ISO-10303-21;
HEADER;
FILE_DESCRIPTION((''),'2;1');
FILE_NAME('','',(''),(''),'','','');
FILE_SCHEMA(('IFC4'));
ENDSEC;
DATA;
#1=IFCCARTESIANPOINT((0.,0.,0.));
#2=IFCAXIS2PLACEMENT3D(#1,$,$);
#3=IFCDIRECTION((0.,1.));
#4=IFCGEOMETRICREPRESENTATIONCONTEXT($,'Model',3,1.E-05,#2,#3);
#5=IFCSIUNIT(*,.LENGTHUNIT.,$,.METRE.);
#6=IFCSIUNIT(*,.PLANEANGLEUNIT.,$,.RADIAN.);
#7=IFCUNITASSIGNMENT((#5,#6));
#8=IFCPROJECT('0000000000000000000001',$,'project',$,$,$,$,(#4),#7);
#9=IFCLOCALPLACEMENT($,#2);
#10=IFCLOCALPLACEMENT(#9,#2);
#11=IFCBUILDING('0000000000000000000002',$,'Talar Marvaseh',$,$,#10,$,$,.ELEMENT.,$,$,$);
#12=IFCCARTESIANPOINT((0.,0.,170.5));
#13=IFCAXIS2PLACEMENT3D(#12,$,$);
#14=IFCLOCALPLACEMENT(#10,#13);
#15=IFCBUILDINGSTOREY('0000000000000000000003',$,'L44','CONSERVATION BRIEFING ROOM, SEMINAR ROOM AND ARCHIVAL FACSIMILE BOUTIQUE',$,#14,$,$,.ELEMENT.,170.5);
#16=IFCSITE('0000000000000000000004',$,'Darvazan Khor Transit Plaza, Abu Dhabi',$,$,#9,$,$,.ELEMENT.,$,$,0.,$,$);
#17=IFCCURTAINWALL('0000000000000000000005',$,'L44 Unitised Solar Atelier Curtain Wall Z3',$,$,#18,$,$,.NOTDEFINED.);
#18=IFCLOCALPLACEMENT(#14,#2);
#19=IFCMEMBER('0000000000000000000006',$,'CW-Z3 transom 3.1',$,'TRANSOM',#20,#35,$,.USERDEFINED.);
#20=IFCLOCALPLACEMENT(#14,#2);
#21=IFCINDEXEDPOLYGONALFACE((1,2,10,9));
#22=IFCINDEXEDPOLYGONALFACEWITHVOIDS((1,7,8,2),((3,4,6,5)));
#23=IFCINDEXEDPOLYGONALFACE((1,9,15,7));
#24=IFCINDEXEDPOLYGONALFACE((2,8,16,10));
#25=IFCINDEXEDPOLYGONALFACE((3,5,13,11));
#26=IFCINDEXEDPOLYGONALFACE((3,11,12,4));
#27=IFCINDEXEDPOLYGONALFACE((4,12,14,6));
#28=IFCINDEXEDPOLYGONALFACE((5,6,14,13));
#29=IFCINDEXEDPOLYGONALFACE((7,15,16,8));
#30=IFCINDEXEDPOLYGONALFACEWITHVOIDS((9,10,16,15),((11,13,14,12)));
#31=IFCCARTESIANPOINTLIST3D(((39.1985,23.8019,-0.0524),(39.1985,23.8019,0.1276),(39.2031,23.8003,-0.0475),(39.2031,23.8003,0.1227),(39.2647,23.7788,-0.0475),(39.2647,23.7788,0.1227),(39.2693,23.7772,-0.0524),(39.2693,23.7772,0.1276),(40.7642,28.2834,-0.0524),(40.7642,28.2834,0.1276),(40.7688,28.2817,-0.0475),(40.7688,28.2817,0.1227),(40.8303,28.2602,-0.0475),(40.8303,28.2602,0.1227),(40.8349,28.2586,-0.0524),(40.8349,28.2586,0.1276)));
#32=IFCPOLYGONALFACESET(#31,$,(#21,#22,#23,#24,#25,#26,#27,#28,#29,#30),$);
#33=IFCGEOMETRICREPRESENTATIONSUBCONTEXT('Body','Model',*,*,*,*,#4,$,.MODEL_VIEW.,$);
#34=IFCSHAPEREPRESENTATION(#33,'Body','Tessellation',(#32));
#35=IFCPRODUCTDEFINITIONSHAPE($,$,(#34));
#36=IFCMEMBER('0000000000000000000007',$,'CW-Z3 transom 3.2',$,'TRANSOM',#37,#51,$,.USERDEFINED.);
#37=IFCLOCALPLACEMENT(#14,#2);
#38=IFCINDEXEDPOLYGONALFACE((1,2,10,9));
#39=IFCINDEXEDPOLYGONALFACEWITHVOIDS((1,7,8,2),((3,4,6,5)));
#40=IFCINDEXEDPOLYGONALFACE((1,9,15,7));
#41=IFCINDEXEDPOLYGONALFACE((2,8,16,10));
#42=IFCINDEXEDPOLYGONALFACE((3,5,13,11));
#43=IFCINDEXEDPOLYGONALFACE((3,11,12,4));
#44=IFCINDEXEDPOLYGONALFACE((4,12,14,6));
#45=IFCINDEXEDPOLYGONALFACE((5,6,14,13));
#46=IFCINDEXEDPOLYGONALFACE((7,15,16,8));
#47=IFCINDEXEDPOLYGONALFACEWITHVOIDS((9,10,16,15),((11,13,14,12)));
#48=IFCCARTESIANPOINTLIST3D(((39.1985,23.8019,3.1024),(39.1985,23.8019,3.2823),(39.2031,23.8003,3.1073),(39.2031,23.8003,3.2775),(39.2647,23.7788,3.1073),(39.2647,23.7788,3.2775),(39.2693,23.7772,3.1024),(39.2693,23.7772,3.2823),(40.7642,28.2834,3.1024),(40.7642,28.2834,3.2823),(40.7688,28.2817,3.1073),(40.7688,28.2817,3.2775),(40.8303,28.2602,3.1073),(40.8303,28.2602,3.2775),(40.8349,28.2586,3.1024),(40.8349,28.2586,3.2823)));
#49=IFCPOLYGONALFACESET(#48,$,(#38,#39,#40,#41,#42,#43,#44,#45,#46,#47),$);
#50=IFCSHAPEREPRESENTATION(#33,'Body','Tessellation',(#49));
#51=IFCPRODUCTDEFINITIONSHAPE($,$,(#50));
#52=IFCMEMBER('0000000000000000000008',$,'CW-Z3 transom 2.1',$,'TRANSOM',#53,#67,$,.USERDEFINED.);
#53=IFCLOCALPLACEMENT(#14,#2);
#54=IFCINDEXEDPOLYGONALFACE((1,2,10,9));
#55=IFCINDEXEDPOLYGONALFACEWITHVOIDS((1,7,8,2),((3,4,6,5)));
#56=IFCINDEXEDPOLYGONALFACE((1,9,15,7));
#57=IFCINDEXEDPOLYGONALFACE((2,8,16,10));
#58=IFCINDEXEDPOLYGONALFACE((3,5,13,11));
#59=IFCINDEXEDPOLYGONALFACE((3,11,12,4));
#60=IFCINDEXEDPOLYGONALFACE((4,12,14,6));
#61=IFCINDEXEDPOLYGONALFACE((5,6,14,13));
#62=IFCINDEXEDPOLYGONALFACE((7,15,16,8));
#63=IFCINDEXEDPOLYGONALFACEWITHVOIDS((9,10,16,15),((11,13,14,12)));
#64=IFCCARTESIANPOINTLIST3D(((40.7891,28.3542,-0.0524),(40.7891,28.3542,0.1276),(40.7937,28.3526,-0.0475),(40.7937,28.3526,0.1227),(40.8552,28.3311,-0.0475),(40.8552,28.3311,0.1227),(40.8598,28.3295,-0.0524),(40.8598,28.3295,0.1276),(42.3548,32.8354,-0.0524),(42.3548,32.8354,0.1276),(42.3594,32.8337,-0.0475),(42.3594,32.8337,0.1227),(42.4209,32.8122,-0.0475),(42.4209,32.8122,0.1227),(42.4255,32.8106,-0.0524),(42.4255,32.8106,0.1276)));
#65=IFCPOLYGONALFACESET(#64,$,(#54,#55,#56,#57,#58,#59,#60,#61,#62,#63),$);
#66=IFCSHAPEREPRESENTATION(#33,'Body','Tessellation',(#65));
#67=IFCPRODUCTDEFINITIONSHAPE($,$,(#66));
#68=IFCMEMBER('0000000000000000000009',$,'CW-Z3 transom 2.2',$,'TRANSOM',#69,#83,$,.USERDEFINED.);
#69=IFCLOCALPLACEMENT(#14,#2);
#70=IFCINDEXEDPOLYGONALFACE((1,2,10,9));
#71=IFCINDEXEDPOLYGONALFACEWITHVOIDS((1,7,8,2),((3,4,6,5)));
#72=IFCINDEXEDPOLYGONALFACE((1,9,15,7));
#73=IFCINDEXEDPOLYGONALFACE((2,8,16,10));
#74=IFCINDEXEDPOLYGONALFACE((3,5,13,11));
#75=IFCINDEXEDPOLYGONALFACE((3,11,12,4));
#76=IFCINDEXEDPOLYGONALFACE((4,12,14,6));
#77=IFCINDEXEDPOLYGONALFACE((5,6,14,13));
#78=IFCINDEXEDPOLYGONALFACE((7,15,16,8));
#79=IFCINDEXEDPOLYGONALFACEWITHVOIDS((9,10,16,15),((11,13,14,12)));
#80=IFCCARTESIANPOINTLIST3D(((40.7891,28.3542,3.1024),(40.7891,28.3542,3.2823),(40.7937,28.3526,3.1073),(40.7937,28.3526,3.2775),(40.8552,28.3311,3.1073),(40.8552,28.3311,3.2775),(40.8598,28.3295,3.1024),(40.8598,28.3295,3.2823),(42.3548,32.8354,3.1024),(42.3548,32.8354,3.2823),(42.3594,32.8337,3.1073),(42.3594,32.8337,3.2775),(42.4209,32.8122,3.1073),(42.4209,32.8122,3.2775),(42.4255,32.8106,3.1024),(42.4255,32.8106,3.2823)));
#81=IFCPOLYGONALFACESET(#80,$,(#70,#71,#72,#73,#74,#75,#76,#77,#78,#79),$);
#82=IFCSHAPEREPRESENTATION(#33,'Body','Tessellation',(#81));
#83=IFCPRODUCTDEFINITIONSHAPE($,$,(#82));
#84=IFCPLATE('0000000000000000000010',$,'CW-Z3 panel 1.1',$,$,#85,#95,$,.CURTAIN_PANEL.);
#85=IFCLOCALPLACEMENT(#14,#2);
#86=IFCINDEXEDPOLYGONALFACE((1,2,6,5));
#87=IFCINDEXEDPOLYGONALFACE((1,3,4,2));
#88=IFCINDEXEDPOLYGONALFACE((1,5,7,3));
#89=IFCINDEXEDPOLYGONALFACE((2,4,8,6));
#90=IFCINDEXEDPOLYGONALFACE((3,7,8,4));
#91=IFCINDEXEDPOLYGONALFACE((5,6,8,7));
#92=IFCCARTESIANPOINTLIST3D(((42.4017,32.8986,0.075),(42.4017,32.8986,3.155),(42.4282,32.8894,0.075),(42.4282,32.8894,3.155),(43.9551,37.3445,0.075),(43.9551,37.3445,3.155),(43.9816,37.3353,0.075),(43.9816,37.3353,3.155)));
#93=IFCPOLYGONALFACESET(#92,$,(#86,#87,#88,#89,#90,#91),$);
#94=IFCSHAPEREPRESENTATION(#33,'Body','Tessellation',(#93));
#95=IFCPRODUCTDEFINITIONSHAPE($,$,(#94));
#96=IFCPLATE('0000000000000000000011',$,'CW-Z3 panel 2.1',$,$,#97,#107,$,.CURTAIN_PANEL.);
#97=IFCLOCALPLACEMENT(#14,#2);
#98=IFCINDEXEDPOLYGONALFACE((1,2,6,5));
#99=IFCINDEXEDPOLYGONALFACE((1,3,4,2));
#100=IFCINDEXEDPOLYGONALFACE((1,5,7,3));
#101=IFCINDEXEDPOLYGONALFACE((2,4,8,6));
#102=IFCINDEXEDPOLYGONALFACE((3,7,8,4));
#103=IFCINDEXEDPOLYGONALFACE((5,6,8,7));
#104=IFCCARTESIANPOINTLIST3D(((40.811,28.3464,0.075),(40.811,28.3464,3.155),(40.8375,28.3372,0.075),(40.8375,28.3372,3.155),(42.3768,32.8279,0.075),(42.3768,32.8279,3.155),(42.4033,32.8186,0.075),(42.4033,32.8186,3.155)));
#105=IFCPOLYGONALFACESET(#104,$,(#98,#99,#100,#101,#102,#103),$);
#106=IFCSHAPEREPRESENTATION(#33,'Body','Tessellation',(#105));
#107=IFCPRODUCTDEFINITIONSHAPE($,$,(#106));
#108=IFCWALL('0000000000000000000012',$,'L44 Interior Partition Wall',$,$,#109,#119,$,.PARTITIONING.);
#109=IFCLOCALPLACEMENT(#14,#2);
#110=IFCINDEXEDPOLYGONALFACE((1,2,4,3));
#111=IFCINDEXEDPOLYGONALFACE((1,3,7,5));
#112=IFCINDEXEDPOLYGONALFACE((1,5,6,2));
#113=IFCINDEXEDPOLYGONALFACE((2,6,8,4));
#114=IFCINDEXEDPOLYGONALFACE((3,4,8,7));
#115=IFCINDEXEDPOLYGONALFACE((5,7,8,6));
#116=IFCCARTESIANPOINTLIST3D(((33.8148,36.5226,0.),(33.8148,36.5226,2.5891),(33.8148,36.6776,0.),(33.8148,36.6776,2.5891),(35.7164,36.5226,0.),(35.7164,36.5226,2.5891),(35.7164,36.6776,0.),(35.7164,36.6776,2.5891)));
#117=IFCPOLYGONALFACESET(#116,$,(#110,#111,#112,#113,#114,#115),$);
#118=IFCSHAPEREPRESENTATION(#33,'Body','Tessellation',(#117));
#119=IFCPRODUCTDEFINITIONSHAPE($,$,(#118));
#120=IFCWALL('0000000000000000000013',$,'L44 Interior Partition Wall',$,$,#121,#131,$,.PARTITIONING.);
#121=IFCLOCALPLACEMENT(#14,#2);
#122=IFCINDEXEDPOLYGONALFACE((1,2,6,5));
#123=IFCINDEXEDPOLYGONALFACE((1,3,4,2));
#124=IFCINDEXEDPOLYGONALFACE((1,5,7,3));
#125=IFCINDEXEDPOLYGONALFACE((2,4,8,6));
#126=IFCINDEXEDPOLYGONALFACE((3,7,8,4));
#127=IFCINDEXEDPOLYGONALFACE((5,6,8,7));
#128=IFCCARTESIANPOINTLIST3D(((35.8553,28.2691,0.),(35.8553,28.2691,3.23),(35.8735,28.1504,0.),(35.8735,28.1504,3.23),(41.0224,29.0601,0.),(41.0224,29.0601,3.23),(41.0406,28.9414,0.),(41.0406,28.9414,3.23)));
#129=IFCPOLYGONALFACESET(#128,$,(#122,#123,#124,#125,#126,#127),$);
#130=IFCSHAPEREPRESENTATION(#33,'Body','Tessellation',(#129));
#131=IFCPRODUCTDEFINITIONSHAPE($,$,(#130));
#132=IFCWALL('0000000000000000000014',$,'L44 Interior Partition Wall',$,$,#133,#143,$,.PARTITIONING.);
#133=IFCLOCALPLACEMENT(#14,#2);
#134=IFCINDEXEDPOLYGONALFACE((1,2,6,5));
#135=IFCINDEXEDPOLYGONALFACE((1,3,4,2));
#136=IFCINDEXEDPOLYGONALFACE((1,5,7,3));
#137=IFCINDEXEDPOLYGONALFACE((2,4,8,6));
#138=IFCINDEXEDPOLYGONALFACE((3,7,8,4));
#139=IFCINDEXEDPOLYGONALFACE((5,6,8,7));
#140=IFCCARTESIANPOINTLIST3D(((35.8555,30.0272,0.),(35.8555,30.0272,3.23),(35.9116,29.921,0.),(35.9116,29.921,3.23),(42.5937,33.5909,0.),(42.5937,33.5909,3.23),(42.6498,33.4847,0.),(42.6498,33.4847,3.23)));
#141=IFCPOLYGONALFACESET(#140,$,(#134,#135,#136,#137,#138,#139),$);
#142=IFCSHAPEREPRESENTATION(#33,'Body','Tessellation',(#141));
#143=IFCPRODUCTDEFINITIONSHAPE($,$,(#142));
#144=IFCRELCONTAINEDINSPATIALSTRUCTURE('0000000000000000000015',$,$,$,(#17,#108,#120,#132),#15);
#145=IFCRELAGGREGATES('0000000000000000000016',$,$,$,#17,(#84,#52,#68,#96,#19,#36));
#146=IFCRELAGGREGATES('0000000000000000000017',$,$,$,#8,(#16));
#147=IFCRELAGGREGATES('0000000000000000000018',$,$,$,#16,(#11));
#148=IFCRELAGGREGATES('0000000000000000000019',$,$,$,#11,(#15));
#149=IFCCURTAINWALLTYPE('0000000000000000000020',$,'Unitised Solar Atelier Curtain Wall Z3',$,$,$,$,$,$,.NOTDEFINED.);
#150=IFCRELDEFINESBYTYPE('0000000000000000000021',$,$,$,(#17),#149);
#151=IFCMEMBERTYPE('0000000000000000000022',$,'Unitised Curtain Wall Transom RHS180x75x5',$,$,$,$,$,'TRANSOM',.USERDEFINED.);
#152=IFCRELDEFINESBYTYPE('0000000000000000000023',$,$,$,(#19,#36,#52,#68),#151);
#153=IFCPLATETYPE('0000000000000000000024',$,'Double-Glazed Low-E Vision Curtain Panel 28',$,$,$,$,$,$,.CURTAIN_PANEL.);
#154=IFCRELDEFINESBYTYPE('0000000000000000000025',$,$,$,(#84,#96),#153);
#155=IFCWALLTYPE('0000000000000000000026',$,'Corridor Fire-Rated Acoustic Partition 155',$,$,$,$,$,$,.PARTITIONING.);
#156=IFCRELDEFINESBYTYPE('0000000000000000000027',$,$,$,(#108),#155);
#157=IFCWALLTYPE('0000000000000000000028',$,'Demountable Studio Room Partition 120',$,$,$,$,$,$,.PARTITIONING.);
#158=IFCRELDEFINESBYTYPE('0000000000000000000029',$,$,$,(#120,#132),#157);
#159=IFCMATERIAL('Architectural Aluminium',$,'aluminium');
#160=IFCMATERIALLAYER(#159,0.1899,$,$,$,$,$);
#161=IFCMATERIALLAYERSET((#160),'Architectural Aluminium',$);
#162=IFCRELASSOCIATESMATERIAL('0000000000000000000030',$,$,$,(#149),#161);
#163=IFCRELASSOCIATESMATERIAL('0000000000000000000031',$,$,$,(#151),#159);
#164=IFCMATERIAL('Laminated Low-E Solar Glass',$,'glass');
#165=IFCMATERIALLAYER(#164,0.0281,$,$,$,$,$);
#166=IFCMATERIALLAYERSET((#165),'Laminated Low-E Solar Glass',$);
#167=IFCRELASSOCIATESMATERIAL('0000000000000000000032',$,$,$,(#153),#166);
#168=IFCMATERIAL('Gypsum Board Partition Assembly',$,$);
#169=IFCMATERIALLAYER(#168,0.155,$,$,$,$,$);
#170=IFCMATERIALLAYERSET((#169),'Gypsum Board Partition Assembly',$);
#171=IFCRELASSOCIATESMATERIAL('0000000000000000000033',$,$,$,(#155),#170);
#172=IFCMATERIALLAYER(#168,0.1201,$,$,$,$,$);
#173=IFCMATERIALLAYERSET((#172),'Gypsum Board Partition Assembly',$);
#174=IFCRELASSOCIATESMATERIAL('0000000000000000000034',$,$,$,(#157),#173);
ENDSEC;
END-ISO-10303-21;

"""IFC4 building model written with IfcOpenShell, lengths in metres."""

from ifc_helpers import new_model, si_unit, direction, frame, frame_2d, origin, origin_2d, place, context, subcontext, project, spatial, rectangle, hollow_rectangle, extrude, source, transform, mapped, material, layer, layer_set, material_profile, profile_set, type_object, type_shapes, element, aggregate, save


model = new_model("IFC4")

# Units and contexts
model_context = context("Model", 3, precision=1e-05, world=origin(), true_north=direction((0.0, 1.0)))
body_context = subcontext(model_context, "Body", "Model", "MODEL_VIEW")
ifc_project = project(units=[si_unit("LENGTHUNIT", "METRE"), si_unit("PLANEANGLEUNIT", "RADIAN")], contexts=[model_context])

# Site, building, storey
site_placement = place(None, origin())
site = spatial("IfcSite", under=ifc_project, at=site_placement, Name="Darvazan Khor Transit Plaza, Abu Dhabi", CompositionType="ELEMENT", RefElevation=0.0)
building_placement = place(site_placement, origin())
building = spatial("IfcBuilding", under=site, at=building_placement, Name="Talar Marvaseh", CompositionType="ELEMENT")
storey_placement = place(building_placement, frame((0.0, 0.0, 170.5)))
storey = spatial("IfcBuildingStorey", under=building, at=storey_placement, Name="L44", Description="CONSERVATION BRIEFING ROOM, SEMINAR ROOM AND ARCHIVAL FACSIMILE BOUTIQUE", CompositionType="ELEMENT", Elevation=170.5)

# Curtain wall, members, plates
ifc_material_1 = material(Name="Architectural Aluminium", Category="aluminium")
ifc_layer_1 = layer(ifc_material_1, 0.1899)
ifc_layer_set_1 = layer_set([ifc_layer_1], Name="Architectural Aluminium")
curtain_wall_type = type_object("IfcCurtainWallType", Name="Unitised Solar Atelier Curtain Wall Z3", PredefinedType="NOTDEFINED", material=ifc_layer_set_1)
curtain_wall_placement = place(storey_placement, origin())
curtain_wall = element("IfcCurtainWall", 1, at=curtain_wall_placement, inside=storey, type_object=curtain_wall_type, Name="L44 Unitised Solar Atelier Curtain Wall Z3", PredefinedType="NOTDEFINED")
ifc_material_profile_1 = material_profile(ifc_material_1, hollow_rectangle(XDim=0.075, YDim=0.1799, WallThickness=0.0049, at=origin_2d()), Name="RHS180x75x5")
ifc_profile_set_1 = profile_set([ifc_material_profile_1], Name="Architectural Aluminium")
member_type_1 = type_object("IfcMemberType", Name="Unitised Curtain Wall Transom RHS180x75x5", ElementType="TRANSOM", PredefinedType="USERDEFINED", material=ifc_profile_set_1)
shared_shape_1 = source(origin(), body_context, "Body", "SweptSolid", [
    extrude(hollow_rectangle(XDim=0.075, YDim=0.1799, WallThickness=0.0049, at=origin_2d()), origin(), (0.0, 0.0, 1.0), 4.7471),
])
member_1_placement = place(storey_placement, frame((40.7996, 28.271, 0.0376), z_axis=(-0.329819, -0.944044, 0.0), x_axis=(0.944044, -0.329819, 0.0)))
member_1 = element("IfcMember", 2, at=member_1_placement, type_object=member_type_1, Name="CW-Z3 transom 3.1", ObjectType="TRANSOM", PredefinedType="USERDEFINED", context=body_context, shape_type="MappedRepresentation", body=[
    mapped(shared_shape_1, transform((0.0, 0.0, 0.0), x_axis=(1.0, 0.0, 0.0), y_axis=(0.0, 1.0, 0.0), z_axis=(0.0, 0.0, 1.0), scale=1.0)),
])
member_2_placement = place(storey_placement, frame((40.7996, 28.271, 3.1924), z_axis=(-0.329819, -0.944044, 0.0), x_axis=(0.944044, -0.329819, 0.0)))
member_2 = element("IfcMember", 3, at=member_2_placement, type_object=member_type_1, Name="CW-Z3 transom 3.2", ObjectType="TRANSOM", PredefinedType="USERDEFINED", context=body_context, shape_type="MappedRepresentation", body=[
    mapped(shared_shape_1, transform((0.0, 0.0, 0.0), x_axis=(1.0, 0.0, 0.0), y_axis=(0.0, 1.0, 0.0), z_axis=(0.0, 0.0, 1.0), scale=1.0)),
])
shared_shape_2 = source(origin(), body_context, "Body", "SweptSolid", [
    extrude(hollow_rectangle(XDim=0.075, YDim=0.1799, WallThickness=0.0049, at=origin_2d()), origin(), (0.0, 0.0, 1.0), 4.7468),
])
type_shapes(member_type_1, [shared_shape_1, shared_shape_2])
member_3_placement = place(storey_placement, frame((42.3901, 32.823, 0.0376), z_axis=(-0.329835, -0.944039, 0.0), x_axis=(0.944039, -0.329835, 0.0)))
member_3 = element("IfcMember", 4, at=member_3_placement, type_object=member_type_1, Name="CW-Z3 transom 2.1", ObjectType="TRANSOM", PredefinedType="USERDEFINED", context=body_context, shape_type="MappedRepresentation", body=[
    mapped(shared_shape_2, transform((0.0, 0.0, 0.0), x_axis=(1.0, 0.0, 0.0), y_axis=(0.0, 1.0, 0.0), z_axis=(0.0, 0.0, 1.0), scale=1.0)),
])
member_4_placement = place(storey_placement, frame((42.3901, 32.823, 3.1924), z_axis=(-0.329835, -0.944039, 0.0), x_axis=(0.944039, -0.329835, 0.0)))
member_4 = element("IfcMember", 5, at=member_4_placement, type_object=member_type_1, Name="CW-Z3 transom 2.2", ObjectType="TRANSOM", PredefinedType="USERDEFINED", context=body_context, shape_type="MappedRepresentation", body=[
    mapped(shared_shape_2, transform((0.0, 0.0, 0.0), x_axis=(1.0, 0.0, 0.0), y_axis=(0.0, 1.0, 0.0), z_axis=(0.0, 0.0, 1.0), scale=1.0)),
])
ifc_material_2 = material(Name="Laminated Low-E Solar Glass", Category="glass")
ifc_layer_2 = layer(ifc_material_2, 0.0281)
ifc_layer_set_2 = layer_set([ifc_layer_2], Name="Laminated Low-E Solar Glass")
plate_type = type_object("IfcPlateType", Name="Double-Glazed Low-E Vision Curtain Panel 28", PredefinedType="CURTAIN_PANEL", material=ifc_layer_set_2)
shared_shape_3 = source(origin(), body_context, "Body", "SweptSolid", [
    extrude(rectangle(XDim=4.7095, YDim=0.0281, at=origin_2d()), origin(), (0.0, 0.0, 1.0), 3.0801),
])
plate_1_placement = place(storey_placement, frame((43.1917, 35.1169, 0.075), z_axis=(0.0, 0.0, 1.0), x_axis=(-0.329839, -0.944037, 0.0)))
plate_1 = element("IfcPlate", 6, at=plate_1_placement, type_object=plate_type, Name="CW-Z3 panel 1.1", PredefinedType="CURTAIN_PANEL", context=body_context, shape_type="MappedRepresentation", body=[
    mapped(shared_shape_3, transform((0.0, 0.0, 0.0), x_axis=(1.0, 0.0, 0.0), y_axis=(0.0, 1.0, 0.0), z_axis=(0.0, 0.0, 1.0), scale=1.0)),
])
shared_shape_4 = source(origin(), body_context, "Body", "SweptSolid", [
    extrude(rectangle(XDim=4.7471, YDim=0.0281, at=origin_2d()), origin(), (0.0, 0.0, 1.0), 3.0801),
])
type_shapes(plate_type, [shared_shape_3, shared_shape_4])
plate_2_placement = place(storey_placement, frame((41.6072, 30.5825, 0.075), z_axis=(0.0, 0.0, 1.0), x_axis=(-0.329839, -0.944037, 0.0)))
plate_2 = element("IfcPlate", 7, at=plate_2_placement, type_object=plate_type, Name="CW-Z3 panel 2.1", PredefinedType="CURTAIN_PANEL", context=body_context, shape_type="MappedRepresentation", body=[
    mapped(shared_shape_4, transform((0.0, 0.0, 0.0), x_axis=(1.0, 0.0, 0.0), y_axis=(0.0, 1.0, 0.0), z_axis=(0.0, 0.0, 1.0), scale=1.0)),
])
aggregate(curtain_wall, [plate_1, member_3, member_4, plate_2, member_1, member_2])

# Shared definitions
ifc_material_3 = material(Name="Gypsum Board Partition Assembly")
ifc_layer_3 = layer(ifc_material_3, 0.155)
ifc_layer_set_3 = layer_set([ifc_layer_3], Name="Gypsum Board Partition Assembly")
wall_type_1 = type_object("IfcWallType", Name="Corridor Fire-Rated Acoustic Partition 155", PredefinedType="PARTITIONING", material=ifc_layer_set_3)

# Walls
wall_1_placement = place(storey_placement, frame((33.8149, 36.6001, 0.0), z_axis=(0.0, 0.0, 1.0), x_axis=(1.0, 0.0, 0.0)))
element("IfcWall", 8, at=wall_1_placement, inside=storey, type_object=wall_type_1, Name="L44 Interior Partition Wall", PredefinedType="PARTITIONING", context=body_context, shape_type="SweptSolid", body=[
    extrude(rectangle(XDim=1.9016, YDim=0.155, at=frame_2d((0.9507, 0.0))), origin(), (0.0, 0.0, 1.0), 2.5891),
])
ifc_layer_4 = layer(ifc_material_3, 0.1201)
ifc_layer_set_4 = layer_set([ifc_layer_4], Name="Gypsum Board Partition Assembly")
wall_type_2 = type_object("IfcWallType", Name="Demountable Studio Room Partition 120", PredefinedType="PARTITIONING", material=ifc_layer_set_4)
wall_2_placement = place(storey_placement, frame((35.8643, 28.2097, 0.0), z_axis=(0.0, 0.0, 1.0), x_axis=(0.988484, 0.151327, 0.0)))
element("IfcWall", 9, at=wall_2_placement, inside=storey, type_object=wall_type_2, Name="L44 Interior Partition Wall", PredefinedType="PARTITIONING", context=body_context, shape_type="SweptSolid", body=[
    extrude(rectangle(XDim=5.2273, YDim=0.1201, at=frame_2d((2.6138, 0.0))), origin(), (0.0, 0.0, 1.0), 3.23),
])
wall_3_placement = place(storey_placement, frame((35.8835, 29.9741, 0.0), z_axis=(0.0, 0.0, 1.0), x_axis=(0.883983, 0.467518, 0.0)))
element("IfcWall", 10, at=wall_3_placement, inside=storey, type_object=wall_type_2, Name="L44 Interior Partition Wall", PredefinedType="PARTITIONING", context=body_context, shape_type="SweptSolid", body=[
    extrude(rectangle(XDim=7.6226, YDim=0.1201, at=frame_2d((3.8113, 0.0))), origin(), (0.0, 0.0, 1.0), 3.23),
])

save(model, "model.ifc")
